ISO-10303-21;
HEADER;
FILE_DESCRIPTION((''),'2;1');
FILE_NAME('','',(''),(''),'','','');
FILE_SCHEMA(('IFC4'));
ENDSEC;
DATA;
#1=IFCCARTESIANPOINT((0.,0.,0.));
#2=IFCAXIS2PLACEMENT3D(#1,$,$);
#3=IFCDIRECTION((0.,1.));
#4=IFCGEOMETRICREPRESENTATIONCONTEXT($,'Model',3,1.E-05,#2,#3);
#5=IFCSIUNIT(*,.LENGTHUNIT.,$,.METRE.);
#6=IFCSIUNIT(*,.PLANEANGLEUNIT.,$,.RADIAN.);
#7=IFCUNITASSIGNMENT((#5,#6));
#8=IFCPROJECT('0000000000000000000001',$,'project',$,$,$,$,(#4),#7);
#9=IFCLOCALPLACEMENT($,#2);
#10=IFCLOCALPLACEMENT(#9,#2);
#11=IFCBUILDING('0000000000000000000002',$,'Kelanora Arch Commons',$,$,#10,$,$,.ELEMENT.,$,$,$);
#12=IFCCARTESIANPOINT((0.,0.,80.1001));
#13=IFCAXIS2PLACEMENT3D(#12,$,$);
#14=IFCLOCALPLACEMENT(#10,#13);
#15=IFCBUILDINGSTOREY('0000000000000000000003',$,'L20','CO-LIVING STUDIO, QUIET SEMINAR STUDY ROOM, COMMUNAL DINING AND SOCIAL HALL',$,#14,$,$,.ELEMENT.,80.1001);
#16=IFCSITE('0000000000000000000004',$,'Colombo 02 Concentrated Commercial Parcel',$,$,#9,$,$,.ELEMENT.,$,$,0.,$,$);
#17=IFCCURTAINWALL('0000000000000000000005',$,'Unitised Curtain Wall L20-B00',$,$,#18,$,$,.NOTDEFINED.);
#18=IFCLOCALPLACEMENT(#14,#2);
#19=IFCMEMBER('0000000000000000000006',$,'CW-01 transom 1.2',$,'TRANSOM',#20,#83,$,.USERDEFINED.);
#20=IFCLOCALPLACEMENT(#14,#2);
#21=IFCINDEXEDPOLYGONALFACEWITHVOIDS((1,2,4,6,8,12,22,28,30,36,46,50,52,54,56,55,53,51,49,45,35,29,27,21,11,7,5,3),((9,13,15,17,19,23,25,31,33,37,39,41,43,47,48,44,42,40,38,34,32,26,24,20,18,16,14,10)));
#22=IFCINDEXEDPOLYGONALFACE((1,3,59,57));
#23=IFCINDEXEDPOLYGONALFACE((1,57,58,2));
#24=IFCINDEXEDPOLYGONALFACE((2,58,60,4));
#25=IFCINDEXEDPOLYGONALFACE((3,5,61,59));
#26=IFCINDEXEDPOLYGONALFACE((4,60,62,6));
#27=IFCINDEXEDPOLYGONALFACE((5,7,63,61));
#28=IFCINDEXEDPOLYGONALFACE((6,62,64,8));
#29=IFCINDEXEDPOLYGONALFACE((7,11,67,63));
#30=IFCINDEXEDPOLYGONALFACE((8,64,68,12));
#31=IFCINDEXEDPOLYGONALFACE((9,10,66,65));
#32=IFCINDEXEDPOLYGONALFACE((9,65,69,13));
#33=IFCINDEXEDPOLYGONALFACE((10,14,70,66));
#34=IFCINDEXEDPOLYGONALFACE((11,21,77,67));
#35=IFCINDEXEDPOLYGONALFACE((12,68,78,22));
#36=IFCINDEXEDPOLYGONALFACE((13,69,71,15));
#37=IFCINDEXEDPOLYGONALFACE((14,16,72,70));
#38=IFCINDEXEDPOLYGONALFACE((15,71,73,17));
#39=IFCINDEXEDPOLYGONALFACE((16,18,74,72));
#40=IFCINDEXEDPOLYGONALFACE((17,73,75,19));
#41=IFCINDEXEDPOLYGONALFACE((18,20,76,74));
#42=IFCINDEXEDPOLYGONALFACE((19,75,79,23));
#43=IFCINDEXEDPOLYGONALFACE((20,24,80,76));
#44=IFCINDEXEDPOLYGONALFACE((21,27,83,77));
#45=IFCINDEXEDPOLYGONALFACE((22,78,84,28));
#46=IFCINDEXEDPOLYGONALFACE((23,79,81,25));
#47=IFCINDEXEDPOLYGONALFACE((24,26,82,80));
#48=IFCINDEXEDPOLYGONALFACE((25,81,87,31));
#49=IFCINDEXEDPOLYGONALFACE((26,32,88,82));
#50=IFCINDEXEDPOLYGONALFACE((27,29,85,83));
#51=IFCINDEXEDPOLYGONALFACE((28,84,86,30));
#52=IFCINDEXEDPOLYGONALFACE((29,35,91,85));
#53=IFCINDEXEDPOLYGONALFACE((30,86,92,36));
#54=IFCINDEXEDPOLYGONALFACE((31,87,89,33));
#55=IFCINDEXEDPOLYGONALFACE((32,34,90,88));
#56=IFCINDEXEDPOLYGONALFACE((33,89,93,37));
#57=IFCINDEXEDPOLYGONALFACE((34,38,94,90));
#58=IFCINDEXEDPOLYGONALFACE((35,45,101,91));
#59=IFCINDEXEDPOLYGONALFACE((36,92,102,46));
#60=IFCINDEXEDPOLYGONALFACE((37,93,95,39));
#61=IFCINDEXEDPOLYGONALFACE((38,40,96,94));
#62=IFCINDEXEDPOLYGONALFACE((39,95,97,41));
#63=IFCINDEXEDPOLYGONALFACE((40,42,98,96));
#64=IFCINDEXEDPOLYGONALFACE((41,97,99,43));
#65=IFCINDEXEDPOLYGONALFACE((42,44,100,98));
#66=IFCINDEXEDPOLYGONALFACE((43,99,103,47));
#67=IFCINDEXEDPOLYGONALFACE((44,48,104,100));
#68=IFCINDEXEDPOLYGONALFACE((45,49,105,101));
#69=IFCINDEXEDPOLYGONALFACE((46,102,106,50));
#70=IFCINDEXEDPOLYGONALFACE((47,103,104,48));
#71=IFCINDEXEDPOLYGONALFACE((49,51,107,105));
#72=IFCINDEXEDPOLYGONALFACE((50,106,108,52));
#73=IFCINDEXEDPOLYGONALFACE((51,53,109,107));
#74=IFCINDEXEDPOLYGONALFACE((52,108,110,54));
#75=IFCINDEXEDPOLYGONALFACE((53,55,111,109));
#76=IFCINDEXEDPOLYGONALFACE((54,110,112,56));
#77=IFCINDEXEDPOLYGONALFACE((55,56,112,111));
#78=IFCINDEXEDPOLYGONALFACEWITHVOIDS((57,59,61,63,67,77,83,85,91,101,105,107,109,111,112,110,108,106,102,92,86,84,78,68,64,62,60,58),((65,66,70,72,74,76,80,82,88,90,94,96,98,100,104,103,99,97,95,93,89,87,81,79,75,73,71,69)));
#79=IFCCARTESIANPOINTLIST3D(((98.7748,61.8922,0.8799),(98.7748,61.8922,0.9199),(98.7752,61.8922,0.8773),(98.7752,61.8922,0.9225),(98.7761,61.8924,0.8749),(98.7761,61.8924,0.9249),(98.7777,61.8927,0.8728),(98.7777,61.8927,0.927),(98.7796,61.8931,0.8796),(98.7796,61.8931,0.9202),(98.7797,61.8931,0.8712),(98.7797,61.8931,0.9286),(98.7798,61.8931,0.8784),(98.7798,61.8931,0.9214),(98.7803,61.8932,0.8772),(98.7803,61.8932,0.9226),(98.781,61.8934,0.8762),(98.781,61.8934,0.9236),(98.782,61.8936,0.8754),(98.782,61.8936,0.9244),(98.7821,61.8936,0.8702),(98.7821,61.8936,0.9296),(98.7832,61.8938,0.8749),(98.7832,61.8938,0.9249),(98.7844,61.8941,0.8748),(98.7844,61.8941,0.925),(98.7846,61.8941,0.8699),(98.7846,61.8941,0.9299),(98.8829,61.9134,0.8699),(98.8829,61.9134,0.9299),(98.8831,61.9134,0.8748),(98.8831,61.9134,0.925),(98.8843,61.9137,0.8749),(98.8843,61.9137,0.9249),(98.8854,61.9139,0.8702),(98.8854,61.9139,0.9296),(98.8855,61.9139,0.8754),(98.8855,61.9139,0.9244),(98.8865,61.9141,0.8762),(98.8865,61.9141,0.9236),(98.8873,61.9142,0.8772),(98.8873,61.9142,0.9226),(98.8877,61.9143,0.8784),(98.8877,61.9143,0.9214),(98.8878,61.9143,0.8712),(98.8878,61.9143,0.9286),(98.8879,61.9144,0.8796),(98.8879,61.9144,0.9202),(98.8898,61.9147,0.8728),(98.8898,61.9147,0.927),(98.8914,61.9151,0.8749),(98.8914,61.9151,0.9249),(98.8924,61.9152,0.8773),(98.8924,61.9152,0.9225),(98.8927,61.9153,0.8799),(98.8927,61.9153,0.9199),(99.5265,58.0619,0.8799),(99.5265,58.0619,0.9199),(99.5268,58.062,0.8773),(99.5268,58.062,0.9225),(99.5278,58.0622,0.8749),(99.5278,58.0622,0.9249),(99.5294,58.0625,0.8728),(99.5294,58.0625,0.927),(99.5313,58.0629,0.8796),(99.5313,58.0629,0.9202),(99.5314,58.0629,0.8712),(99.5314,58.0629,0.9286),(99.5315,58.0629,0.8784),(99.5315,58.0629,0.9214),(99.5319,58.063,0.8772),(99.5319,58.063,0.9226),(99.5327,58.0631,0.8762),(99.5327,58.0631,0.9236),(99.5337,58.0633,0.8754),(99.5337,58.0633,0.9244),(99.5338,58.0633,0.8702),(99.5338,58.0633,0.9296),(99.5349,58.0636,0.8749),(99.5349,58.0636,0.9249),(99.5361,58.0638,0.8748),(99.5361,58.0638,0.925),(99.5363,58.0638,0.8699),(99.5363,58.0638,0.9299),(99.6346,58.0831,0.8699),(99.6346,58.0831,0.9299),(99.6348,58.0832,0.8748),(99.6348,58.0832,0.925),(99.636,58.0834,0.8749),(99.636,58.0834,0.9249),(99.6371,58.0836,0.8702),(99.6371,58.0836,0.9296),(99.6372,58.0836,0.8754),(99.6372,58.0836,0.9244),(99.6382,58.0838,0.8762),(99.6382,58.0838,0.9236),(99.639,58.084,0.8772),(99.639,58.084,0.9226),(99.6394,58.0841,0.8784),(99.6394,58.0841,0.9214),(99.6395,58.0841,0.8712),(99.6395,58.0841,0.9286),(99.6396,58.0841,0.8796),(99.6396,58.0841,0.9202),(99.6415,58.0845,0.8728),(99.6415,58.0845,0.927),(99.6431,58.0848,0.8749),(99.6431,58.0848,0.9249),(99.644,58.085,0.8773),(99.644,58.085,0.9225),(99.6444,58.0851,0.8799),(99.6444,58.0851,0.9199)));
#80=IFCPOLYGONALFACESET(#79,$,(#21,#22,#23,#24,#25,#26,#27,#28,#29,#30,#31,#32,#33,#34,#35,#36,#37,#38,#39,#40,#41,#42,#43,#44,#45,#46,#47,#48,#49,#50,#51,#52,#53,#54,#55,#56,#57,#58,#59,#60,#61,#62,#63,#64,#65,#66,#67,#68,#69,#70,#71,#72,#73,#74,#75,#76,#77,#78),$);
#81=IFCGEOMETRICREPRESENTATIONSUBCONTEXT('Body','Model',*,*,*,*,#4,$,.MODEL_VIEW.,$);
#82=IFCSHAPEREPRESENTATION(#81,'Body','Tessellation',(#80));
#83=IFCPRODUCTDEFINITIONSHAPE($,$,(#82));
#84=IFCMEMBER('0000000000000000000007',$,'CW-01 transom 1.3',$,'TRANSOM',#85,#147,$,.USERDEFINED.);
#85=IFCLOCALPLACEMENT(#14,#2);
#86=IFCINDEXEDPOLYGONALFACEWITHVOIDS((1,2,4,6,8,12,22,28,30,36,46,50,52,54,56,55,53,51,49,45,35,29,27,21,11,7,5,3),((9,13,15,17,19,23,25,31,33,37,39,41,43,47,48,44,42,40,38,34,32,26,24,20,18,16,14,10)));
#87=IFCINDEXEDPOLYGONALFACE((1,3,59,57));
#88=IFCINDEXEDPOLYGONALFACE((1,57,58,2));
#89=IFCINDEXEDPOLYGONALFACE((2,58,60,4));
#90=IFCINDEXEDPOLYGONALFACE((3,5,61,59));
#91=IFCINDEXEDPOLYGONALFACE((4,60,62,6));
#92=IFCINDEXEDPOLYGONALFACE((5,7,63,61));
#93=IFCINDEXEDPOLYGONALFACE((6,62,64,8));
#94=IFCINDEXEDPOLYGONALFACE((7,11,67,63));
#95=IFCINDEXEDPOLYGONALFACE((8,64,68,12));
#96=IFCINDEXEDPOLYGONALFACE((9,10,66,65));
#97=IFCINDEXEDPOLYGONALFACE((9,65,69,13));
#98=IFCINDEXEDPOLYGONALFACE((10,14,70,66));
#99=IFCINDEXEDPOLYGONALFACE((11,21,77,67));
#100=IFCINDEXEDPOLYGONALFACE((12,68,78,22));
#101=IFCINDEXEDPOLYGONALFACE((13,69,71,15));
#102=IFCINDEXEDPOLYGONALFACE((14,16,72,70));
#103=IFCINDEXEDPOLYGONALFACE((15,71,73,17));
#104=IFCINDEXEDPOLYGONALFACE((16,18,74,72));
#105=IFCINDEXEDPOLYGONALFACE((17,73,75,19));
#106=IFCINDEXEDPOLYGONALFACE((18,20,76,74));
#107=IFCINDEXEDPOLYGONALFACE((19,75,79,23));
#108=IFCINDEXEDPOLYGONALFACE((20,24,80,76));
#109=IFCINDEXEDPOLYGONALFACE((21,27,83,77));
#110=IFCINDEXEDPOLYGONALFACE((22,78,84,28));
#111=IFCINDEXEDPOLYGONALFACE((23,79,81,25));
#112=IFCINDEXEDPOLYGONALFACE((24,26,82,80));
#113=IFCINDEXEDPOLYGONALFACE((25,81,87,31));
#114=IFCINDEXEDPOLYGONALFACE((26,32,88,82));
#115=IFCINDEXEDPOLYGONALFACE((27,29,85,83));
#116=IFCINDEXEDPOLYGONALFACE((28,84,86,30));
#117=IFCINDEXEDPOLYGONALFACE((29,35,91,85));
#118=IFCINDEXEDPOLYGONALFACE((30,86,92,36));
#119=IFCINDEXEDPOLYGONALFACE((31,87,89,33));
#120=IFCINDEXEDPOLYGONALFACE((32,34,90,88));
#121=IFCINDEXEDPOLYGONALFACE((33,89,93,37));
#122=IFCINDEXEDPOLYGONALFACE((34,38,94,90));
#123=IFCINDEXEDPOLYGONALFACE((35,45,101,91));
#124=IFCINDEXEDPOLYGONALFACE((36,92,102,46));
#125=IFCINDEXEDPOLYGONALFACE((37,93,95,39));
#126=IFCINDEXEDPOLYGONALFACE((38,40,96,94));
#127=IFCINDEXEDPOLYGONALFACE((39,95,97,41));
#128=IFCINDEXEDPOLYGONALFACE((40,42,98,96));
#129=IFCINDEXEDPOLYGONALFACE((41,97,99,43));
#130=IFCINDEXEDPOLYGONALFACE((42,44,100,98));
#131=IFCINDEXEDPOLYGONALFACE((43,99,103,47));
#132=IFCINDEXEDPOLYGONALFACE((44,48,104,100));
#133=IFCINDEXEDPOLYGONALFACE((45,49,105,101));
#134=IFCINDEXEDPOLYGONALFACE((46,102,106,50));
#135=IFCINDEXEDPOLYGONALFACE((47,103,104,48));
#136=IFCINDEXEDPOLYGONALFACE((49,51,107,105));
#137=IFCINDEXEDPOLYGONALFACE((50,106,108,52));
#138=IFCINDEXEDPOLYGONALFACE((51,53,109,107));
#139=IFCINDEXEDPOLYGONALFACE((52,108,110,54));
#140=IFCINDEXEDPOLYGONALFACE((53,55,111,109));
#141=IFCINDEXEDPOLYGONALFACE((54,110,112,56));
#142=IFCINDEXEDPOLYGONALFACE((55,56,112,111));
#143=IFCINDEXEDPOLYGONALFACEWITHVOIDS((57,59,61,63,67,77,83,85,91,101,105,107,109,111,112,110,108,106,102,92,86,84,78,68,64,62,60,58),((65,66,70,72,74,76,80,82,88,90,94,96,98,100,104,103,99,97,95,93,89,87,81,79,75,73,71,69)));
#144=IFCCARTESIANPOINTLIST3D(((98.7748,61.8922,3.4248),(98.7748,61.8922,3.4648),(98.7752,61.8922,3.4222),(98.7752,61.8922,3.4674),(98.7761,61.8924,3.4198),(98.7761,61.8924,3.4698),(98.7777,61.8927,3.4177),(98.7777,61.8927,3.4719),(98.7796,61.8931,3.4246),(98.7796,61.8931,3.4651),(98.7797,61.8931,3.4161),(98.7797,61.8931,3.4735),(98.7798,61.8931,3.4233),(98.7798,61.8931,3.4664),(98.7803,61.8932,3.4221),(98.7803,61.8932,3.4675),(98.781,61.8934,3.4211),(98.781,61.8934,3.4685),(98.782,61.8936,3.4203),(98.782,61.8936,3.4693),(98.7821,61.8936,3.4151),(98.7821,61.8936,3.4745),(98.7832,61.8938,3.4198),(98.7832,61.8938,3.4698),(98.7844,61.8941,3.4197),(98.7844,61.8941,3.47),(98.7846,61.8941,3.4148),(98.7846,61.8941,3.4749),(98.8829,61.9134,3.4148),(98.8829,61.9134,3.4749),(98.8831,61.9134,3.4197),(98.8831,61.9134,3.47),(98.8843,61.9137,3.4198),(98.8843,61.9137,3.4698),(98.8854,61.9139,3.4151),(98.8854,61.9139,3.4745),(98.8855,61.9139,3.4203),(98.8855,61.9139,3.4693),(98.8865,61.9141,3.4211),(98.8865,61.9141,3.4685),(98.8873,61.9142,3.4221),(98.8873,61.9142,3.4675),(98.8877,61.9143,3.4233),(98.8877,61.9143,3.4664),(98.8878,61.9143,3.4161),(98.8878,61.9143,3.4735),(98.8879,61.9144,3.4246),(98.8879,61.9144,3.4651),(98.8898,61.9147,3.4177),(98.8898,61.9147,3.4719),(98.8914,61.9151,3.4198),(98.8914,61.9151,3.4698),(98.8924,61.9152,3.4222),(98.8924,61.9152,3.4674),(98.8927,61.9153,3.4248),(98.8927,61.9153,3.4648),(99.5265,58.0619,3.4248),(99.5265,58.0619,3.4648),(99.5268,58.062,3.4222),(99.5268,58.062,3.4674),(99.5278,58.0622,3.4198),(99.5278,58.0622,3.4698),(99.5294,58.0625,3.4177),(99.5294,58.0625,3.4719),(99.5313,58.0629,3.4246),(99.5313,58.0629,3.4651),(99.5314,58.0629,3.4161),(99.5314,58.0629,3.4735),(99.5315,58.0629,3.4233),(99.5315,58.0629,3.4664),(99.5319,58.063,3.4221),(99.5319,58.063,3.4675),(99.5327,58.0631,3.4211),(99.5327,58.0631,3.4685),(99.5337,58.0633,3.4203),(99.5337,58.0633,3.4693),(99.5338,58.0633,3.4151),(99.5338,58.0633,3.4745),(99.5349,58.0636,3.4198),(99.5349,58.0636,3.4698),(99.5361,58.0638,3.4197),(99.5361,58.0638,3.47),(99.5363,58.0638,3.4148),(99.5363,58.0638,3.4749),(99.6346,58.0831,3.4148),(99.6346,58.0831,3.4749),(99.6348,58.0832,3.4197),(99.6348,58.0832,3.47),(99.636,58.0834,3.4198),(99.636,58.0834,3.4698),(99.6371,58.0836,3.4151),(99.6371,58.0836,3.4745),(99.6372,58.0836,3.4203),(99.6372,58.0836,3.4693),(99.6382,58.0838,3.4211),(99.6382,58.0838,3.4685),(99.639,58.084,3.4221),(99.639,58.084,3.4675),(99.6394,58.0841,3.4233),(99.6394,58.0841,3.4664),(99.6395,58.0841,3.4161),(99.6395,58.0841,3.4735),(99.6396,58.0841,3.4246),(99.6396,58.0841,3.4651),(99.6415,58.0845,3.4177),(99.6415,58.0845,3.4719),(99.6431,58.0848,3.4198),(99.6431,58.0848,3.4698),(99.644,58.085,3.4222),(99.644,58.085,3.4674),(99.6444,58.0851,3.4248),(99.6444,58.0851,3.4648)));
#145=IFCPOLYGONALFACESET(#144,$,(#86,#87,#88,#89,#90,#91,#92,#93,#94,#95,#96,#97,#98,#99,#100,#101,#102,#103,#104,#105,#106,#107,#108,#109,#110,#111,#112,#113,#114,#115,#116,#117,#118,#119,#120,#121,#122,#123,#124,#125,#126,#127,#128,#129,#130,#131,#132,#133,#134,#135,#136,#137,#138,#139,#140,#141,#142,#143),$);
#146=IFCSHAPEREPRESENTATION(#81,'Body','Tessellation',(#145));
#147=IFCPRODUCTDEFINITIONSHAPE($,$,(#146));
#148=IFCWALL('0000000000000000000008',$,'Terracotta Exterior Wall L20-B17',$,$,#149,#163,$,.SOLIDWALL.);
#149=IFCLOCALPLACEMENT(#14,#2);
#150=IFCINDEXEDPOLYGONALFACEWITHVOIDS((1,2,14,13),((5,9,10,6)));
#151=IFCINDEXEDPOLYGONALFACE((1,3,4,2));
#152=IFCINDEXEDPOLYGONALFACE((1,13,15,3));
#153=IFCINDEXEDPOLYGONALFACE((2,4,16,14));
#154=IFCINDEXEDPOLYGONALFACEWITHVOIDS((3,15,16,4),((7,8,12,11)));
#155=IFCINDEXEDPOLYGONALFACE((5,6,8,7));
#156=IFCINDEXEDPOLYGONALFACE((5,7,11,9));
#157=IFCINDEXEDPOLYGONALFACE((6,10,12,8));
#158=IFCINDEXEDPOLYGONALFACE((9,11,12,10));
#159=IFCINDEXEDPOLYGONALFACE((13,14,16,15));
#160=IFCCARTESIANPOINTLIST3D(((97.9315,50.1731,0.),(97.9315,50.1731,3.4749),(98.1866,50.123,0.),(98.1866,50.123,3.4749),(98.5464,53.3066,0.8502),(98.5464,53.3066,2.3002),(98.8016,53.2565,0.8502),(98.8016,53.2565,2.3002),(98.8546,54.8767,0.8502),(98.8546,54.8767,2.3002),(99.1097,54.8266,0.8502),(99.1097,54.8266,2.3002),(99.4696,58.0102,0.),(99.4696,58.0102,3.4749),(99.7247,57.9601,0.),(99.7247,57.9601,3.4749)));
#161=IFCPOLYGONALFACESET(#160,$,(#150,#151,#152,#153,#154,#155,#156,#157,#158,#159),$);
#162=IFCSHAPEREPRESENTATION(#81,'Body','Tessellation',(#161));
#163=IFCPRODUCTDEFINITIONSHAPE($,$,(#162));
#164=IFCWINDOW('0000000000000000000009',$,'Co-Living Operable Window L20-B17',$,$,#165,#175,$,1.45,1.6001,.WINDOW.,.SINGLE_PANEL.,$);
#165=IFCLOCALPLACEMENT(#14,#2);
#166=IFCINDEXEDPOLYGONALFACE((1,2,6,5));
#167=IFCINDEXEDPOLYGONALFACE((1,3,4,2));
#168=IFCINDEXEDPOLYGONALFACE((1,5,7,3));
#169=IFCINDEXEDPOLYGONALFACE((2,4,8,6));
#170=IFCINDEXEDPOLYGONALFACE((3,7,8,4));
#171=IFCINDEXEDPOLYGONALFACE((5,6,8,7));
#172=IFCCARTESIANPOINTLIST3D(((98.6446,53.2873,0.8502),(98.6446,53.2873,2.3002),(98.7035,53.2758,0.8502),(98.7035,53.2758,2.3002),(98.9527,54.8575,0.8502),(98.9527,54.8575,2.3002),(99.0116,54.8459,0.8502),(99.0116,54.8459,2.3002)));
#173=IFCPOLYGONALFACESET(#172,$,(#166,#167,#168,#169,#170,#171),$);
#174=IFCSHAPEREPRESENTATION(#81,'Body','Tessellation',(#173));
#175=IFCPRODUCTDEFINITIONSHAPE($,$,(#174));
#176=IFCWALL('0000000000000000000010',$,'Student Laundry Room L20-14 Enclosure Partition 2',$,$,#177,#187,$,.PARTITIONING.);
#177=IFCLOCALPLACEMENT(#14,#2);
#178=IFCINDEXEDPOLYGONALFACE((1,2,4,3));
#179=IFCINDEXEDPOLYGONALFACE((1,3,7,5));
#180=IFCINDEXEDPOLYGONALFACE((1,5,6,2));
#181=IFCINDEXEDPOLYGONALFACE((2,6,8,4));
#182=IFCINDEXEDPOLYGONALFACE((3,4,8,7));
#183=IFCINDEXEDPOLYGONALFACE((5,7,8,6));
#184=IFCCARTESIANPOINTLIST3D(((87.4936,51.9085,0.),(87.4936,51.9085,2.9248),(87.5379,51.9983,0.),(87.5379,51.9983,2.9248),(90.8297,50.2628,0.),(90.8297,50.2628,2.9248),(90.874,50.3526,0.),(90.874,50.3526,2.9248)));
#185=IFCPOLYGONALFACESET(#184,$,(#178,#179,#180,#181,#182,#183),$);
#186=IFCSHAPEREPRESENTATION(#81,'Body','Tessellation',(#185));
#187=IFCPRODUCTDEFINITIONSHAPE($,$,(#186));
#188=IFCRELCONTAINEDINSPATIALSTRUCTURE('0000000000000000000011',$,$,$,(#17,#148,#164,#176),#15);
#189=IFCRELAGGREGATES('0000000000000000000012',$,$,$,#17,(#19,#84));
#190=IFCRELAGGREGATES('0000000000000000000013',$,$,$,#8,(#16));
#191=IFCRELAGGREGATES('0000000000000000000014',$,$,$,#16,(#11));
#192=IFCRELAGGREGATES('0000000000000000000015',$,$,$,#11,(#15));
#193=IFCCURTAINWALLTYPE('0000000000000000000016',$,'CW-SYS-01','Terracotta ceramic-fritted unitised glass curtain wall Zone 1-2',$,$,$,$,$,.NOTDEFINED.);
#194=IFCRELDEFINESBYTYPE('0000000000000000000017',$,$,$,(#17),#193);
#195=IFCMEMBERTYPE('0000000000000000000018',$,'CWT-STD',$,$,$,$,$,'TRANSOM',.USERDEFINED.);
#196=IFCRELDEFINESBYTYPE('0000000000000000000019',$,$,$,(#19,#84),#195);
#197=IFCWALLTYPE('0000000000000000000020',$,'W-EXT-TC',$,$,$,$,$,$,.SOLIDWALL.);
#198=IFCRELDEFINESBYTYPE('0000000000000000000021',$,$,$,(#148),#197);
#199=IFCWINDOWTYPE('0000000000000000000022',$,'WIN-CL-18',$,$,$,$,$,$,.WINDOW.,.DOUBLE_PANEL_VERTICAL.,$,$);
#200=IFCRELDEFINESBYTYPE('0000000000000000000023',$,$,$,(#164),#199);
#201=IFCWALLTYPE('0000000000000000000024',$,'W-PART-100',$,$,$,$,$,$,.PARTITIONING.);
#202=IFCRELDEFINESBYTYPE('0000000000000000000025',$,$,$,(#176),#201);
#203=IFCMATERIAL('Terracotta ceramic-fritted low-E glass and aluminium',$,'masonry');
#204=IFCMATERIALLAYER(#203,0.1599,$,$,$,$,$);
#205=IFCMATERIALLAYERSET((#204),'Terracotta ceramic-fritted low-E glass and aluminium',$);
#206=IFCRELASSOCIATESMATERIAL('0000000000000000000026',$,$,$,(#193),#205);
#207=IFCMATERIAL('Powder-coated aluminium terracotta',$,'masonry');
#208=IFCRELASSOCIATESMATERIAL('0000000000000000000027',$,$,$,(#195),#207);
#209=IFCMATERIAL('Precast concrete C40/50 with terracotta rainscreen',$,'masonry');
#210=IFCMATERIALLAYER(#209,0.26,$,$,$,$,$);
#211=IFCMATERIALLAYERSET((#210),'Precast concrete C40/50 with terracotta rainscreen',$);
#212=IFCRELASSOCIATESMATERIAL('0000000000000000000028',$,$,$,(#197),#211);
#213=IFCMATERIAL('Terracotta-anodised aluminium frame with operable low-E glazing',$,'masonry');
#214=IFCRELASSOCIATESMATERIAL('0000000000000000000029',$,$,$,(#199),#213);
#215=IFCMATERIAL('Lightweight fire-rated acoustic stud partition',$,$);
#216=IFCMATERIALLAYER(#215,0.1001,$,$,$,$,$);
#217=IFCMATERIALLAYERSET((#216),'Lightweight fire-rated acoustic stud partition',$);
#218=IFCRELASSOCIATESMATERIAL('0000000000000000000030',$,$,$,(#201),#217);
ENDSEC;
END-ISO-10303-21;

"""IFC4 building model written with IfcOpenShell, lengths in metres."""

from ifc_helpers import new_model, si_unit, direction, frame, frame_2d, origin, origin_2d, place, context, subcontext, project, spatial, rectangle, hollow_rectangle, extrude, material, layer, layer_set, material_profile, profile_set, type_object, element, fill, aggregate, save


model = new_model("IFC4")

# Units and contexts
model_context = context("Model", 3, precision=1e-05, world=origin(), true_north=direction((0.0, 1.0)))
body_context = subcontext(model_context, "Body", "Model", "MODEL_VIEW")
ifc_project = project(units=[si_unit("LENGTHUNIT", "METRE"), si_unit("PLANEANGLEUNIT", "RADIAN")], contexts=[model_context])

# Site, building, storey
site_placement = place(None, origin())
site = spatial("IfcSite", under=ifc_project, at=site_placement, Name="Colombo 02 Concentrated Commercial Parcel", CompositionType="ELEMENT", RefElevation=0.0)
building_placement = place(site_placement, origin())
building = spatial("IfcBuilding", under=site, at=building_placement, Name="Kelanora Arch Commons", CompositionType="ELEMENT")
storey_placement = place(building_placement, frame((0.0, 0.0, 80.1001)))
storey = spatial("IfcBuildingStorey", under=building, at=storey_placement, Name="L20", Description="CO-LIVING STUDIO, QUIET SEMINAR STUDY ROOM, COMMUNAL DINING AND SOCIAL HALL", CompositionType="ELEMENT", Elevation=80.1001)

# Curtain wall, members
ifc_material_1 = material(Name="Terracotta ceramic-fritted low-E glass and aluminium", Category="masonry")
ifc_layer_1 = layer(ifc_material_1, 0.1599)
ifc_layer_set_1 = layer_set([ifc_layer_1], Name="Terracotta ceramic-fritted low-E glass and aluminium")
curtain_wall_type = type_object("IfcCurtainWallType", Name="CW-SYS-01", Description="Terracotta ceramic-fritted unitised glass curtain wall Zone 1-2", PredefinedType="NOTDEFINED", material=ifc_layer_set_1)
curtain_wall_placement = place(storey_placement, origin())
curtain_wall = element("IfcCurtainWall", 1, at=curtain_wall_placement, inside=storey, type_object=curtain_wall_type, Name="Unitised Curtain Wall L20-B00", PredefinedType="NOTDEFINED")
ifc_material_2 = material(Name="Powder-coated aluminium terracotta", Category="masonry")
ifc_material_profile_1 = material_profile(ifc_material_2, hollow_rectangle(XDim=0.1201, YDim=0.0601, WallThickness=0.0049, InnerFilletRadius=0.0049, OuterFilletRadius=0.01, at=origin_2d()), Name="CWT120x60")
ifc_profile_set_1 = profile_set([ifc_material_profile_1], Name="Powder-coated aluminium terracotta")
member_type_1 = type_object("IfcMemberType", Name="CWT-STD", ElementType="TRANSOM", PredefinedType="USERDEFINED", material=ifc_profile_set_1)
member_1_placement = place(storey_placement, frame((99.5854, 58.0735, 0.8999), z_axis=(-0.192579, 0.981282, 0.0), x_axis=(-0.981282, -0.192579, 0.0)))
member_1 = element("IfcMember", 2, at=member_1_placement, type_object=member_type_1, Name="CW-01 transom 1.2", ObjectType="TRANSOM", PredefinedType="USERDEFINED", context=body_context, shape_type="SweptSolid", body=[
    extrude(hollow_rectangle(XDim=0.1201, YDim=0.0601, WallThickness=0.0049, InnerFilletRadius=0.0049, OuterFilletRadius=0.01, at=origin_2d()), origin(), (0.0, 0.0, 1.0), 3.9033),
])
member_2_placement = place(storey_placement, frame((99.5854, 58.0735, 3.4448), z_axis=(-0.192579, 0.981282, 0.0), x_axis=(-0.981282, -0.192579, 0.0)))
member_2 = element("IfcMember", 3, at=member_2_placement, type_object=member_type_1, Name="CW-01 transom 1.3", ObjectType="TRANSOM", PredefinedType="USERDEFINED", context=body_context, shape_type="SweptSolid", body=[
    extrude(hollow_rectangle(XDim=0.1201, YDim=0.0601, WallThickness=0.0049, InnerFilletRadius=0.0049, OuterFilletRadius=0.01, at=origin_2d()), origin(), (0.0, 0.0, 1.0), 3.9033),
])
aggregate(curtain_wall, [member_1, member_2])

# Wall, opening, window
ifc_material_3 = material(Name="Precast concrete C40/50 with terracotta rainscreen", Category="masonry")
ifc_layer_2 = layer(ifc_material_3, 0.26)
ifc_layer_set_2 = layer_set([ifc_layer_2], Name="Precast concrete C40/50 with terracotta rainscreen")
wall_type_1 = type_object("IfcWallType", Name="W-EXT-TC", PredefinedType="SOLIDWALL", material=ifc_layer_set_2)
wall_1_placement = place(storey_placement, frame((98.0591, 50.1482, 0.0), z_axis=(0.0, 0.0, 1.0), x_axis=(0.192582, 0.981281, 0.0)))
wall_1 = element("IfcWall", 4, at=wall_1_placement, inside=storey, type_object=wall_type_1, Name="Terracotta Exterior Wall L20-B17", PredefinedType="SOLIDWALL", context=body_context, shape_type="SweptSolid", body=[
    extrude(rectangle(XDim=7.9866, YDim=0.26, at=frame_2d((3.9932, 0.0))), origin(), (0.0, 0.0, 1.0), 3.4749),
])
opening_1_placement = place(wall_1_placement, frame((3.1931, 0.0, 0.8501)))
opening_1 = element("IfcOpeningElement", 5, at=opening_1_placement, cuts=wall_1, PredefinedType="OPENING", context=body_context, shape_type="SweptSolid", body=[
    extrude(rectangle(XDim=1.6001, YDim=1.45, at=frame_2d((0.8, 0.7251))), frame((0.0, 0.1401, 0.0), z_axis=(0.0, -1.0, 0.0), x_axis=(1.0, 0.0, 0.0)), (0.0, 0.0, 1.0), 0.28),
])
ifc_material_4 = material(Name="Terracotta-anodised aluminium frame with operable low-E glazing", Category="masonry")
window_type = type_object("IfcWindowType", Name="WIN-CL-18", PartitioningType="DOUBLE_PANEL_VERTICAL", PredefinedType="WINDOW", material=ifc_material_4)
window_placement = place(opening_1_placement, origin())
window = element("IfcWindow", 6, at=window_placement, inside=storey, type_object=window_type, Name="Co-Living Operable Window L20-B17", OverallHeight=1.45, OverallWidth=1.6001, PartitioningType="SINGLE_PANEL", PredefinedType="WINDOW", context=body_context, shape_type="SweptSolid", body=[
    extrude(rectangle(XDim=1.6001, YDim=1.45, at=frame_2d((0.8, 0.7251))), frame((0.0, 0.03, 0.0), z_axis=(0.0, -1.0, 0.0), x_axis=(1.0, 0.0, 0.0)), (0.0, 0.0, 1.0), 0.0601),
])
fill(opening_1, window)

# Wall
ifc_material_5 = material(Name="Lightweight fire-rated acoustic stud partition")
ifc_layer_3 = layer(ifc_material_5, 0.1001)
ifc_layer_set_3 = layer_set([ifc_layer_3], Name="Lightweight fire-rated acoustic stud partition")
wall_type_2 = type_object("IfcWallType", Name="W-PART-100", PredefinedType="PARTITIONING", material=ifc_layer_set_3)
wall_2_placement = place(storey_placement, frame((87.5159, 51.9534, 0.0), z_axis=(0.0, 0.0, 1.0), x_axis=(0.896816, -0.442403, 0.0)))
element("IfcWall", 7, at=wall_2_placement, inside=storey, type_object=wall_type_2, Name="Student Laundry Room L20-14 Enclosure Partition 2", PredefinedType="PARTITIONING", context=body_context, shape_type="SweptSolid", body=[
    extrude(rectangle(XDim=3.72, YDim=0.1001, at=frame_2d((1.8599, 0.0))), origin(), (0.0, 0.0, 1.0), 2.9248),
])

save(model, "model.ifc")
